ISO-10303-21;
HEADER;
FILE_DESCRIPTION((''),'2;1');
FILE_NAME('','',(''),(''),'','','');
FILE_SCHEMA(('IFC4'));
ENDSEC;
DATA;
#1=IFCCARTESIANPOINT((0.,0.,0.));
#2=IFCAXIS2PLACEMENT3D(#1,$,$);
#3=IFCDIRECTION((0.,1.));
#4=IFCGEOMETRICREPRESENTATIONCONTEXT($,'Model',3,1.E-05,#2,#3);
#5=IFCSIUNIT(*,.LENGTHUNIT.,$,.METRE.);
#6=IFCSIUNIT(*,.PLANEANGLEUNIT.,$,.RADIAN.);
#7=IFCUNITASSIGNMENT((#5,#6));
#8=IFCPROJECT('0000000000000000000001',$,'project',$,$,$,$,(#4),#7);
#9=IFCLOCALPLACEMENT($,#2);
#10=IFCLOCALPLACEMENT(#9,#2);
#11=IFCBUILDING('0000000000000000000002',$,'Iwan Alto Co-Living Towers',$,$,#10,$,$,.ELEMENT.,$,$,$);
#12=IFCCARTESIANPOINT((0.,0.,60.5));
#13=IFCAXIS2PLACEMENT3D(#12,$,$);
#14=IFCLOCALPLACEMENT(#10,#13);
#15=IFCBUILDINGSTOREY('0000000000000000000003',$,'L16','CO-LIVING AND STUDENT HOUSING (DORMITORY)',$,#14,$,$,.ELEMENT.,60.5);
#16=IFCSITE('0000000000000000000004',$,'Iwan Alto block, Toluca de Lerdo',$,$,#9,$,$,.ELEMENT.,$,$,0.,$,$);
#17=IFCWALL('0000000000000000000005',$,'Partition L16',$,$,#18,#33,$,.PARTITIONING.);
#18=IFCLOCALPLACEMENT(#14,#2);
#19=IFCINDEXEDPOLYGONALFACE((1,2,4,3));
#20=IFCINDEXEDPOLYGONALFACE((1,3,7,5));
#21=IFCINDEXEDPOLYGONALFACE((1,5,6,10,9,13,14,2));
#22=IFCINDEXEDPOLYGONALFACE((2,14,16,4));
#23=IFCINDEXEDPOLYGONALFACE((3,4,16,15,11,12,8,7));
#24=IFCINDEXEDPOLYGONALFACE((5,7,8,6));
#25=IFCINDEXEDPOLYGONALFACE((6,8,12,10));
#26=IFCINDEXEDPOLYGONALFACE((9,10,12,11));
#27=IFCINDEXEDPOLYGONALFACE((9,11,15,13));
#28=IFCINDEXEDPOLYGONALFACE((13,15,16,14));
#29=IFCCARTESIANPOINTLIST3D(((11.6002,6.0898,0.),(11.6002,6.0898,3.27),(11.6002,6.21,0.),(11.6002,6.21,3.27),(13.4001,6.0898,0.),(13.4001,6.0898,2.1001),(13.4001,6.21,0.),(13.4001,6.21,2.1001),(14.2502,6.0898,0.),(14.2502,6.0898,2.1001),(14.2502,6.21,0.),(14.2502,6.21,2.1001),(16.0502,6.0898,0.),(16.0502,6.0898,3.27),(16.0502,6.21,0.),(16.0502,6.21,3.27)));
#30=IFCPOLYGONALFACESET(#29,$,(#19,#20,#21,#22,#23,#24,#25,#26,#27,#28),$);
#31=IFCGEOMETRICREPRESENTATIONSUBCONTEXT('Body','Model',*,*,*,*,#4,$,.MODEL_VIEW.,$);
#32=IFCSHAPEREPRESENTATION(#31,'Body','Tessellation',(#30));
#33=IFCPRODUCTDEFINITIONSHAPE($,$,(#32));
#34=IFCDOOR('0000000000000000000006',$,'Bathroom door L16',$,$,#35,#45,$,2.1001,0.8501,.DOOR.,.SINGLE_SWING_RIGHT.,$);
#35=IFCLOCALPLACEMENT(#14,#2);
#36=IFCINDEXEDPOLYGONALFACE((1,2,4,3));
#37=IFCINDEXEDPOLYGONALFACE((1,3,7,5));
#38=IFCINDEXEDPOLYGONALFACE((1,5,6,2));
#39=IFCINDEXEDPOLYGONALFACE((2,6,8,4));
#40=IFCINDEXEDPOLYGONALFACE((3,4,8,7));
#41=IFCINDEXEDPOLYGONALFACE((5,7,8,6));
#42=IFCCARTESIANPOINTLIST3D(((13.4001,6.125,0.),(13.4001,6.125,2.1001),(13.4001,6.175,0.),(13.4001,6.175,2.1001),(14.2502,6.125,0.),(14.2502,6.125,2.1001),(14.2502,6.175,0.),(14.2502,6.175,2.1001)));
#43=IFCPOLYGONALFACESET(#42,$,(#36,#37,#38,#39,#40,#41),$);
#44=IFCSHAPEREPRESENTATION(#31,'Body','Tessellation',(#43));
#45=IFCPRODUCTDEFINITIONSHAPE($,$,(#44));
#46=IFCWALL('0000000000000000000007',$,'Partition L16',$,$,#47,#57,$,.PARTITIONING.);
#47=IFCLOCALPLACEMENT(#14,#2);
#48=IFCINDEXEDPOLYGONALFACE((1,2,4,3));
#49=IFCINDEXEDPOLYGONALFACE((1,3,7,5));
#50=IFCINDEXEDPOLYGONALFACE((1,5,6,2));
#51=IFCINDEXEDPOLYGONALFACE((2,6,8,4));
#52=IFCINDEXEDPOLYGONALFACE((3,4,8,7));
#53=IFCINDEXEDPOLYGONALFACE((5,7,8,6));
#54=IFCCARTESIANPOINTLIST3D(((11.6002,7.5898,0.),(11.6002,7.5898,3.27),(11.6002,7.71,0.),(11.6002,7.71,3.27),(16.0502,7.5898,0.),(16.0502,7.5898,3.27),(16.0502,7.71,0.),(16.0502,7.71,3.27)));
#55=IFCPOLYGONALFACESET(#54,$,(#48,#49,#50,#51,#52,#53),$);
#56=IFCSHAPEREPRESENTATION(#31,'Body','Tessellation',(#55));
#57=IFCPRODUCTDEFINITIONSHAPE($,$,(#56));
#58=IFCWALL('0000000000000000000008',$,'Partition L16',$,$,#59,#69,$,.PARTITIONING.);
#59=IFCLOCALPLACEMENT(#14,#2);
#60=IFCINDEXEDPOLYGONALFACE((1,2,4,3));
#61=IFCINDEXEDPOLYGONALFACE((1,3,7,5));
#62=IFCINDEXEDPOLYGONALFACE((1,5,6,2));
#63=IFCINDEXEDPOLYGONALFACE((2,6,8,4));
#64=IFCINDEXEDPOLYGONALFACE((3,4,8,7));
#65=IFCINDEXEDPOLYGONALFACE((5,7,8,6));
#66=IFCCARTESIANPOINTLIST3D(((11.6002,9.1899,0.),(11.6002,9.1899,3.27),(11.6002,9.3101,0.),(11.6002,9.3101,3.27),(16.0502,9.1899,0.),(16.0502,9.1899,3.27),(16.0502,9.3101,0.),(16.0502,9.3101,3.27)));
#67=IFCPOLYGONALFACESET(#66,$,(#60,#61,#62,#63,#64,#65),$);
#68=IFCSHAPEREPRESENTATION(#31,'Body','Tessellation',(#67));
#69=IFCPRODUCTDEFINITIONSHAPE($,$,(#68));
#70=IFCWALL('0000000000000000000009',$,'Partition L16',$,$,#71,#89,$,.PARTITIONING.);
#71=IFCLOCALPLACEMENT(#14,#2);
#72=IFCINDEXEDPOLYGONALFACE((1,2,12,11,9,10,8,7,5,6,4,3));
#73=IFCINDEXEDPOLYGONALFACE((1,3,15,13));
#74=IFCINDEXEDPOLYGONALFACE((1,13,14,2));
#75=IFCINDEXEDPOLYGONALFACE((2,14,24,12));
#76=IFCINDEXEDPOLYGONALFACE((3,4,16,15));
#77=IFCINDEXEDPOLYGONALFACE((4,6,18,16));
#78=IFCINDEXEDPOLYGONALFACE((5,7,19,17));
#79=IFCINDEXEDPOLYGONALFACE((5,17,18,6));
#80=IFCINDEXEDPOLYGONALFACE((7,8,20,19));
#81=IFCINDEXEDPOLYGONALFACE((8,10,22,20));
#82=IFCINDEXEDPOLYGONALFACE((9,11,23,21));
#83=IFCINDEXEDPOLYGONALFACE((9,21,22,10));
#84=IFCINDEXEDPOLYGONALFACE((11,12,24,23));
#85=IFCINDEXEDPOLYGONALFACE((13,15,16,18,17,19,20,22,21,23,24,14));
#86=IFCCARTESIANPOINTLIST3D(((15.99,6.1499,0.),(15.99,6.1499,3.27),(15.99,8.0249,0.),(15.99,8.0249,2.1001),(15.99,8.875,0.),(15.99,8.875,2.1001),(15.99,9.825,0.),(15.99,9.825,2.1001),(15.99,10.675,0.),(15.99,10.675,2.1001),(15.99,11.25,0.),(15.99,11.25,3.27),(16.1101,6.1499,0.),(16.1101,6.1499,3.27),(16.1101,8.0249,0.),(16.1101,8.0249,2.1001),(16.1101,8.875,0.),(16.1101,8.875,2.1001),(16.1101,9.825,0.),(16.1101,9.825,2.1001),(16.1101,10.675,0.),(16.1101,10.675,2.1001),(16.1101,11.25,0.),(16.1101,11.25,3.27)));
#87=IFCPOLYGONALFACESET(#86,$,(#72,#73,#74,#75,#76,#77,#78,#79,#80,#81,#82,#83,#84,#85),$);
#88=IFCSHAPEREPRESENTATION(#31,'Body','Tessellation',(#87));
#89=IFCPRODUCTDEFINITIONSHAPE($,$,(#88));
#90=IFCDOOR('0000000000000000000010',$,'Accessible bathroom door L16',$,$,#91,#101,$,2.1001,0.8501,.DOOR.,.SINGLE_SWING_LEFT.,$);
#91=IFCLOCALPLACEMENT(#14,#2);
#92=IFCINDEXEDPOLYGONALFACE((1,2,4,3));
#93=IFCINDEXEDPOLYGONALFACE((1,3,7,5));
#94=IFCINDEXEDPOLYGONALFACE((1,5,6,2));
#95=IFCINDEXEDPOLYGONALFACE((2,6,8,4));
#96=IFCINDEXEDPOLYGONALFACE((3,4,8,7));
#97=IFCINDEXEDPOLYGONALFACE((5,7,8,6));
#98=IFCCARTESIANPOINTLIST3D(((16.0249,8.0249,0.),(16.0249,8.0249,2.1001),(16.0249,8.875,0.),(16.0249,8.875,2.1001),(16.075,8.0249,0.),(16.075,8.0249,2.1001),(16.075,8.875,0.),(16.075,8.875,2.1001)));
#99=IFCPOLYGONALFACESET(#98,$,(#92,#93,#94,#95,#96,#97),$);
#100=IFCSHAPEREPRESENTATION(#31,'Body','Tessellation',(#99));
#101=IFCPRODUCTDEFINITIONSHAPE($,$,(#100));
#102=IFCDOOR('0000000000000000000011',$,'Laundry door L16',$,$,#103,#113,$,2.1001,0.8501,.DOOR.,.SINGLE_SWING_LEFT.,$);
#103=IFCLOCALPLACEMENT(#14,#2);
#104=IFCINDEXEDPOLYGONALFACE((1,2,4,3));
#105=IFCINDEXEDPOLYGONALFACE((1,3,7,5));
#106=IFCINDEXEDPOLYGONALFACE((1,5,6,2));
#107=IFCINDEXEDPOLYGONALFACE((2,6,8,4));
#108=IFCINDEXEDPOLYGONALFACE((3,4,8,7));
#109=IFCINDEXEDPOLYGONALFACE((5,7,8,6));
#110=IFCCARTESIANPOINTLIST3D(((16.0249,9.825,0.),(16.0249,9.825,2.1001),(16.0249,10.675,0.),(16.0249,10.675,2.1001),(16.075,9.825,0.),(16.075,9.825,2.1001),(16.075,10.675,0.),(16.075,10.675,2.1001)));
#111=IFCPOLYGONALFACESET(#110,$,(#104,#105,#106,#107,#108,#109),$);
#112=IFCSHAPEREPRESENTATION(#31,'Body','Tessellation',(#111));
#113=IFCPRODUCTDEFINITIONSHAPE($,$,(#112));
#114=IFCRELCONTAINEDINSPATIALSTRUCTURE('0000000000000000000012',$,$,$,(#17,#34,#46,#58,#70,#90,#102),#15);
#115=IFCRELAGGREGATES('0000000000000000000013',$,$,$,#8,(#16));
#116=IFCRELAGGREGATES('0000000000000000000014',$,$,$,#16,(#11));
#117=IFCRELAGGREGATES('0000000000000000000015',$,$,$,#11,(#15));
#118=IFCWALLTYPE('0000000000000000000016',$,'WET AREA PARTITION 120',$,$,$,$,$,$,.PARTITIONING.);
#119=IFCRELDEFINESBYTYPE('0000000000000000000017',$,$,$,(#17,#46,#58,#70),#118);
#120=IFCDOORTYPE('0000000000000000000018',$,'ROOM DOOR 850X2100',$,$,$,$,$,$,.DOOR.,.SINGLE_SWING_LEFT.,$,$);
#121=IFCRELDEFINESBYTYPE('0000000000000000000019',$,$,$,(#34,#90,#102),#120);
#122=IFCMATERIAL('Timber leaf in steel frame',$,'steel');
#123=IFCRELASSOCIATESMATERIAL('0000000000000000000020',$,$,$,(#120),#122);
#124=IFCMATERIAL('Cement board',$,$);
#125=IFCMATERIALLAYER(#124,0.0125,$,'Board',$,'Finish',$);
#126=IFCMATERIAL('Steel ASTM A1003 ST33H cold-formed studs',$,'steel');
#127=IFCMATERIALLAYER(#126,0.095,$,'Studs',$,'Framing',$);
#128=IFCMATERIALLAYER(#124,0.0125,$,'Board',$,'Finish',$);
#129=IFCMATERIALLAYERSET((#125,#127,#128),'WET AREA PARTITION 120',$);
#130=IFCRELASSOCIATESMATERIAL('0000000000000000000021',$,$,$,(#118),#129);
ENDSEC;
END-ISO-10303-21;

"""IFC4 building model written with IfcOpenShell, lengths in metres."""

from ifc_helpers import new_model, si_unit, direction, frame, frame_2d, origin, place, context, subcontext, project, spatial, rectangle, extrude, material, layer, layer_set, type_object, element, fill, save


model = new_model("IFC4")

# Units and contexts
model_context = context("Model", 3, precision=1e-05, world=origin(), true_north=direction((0.0, 1.0)))
body_context = subcontext(model_context, "Body", "Model", "MODEL_VIEW")
ifc_project = project(units=[si_unit("LENGTHUNIT", "METRE"), si_unit("PLANEANGLEUNIT", "RADIAN")], contexts=[model_context])

# Site, building, storey
site_placement = place(None, origin())
site = spatial("IfcSite", under=ifc_project, at=site_placement, Name="Iwan Alto block, Toluca de Lerdo", CompositionType="ELEMENT", RefElevation=0.0)
building_placement = place(site_placement, origin())
building = spatial("IfcBuilding", under=site, at=building_placement, Name="Iwan Alto Co-Living Towers", CompositionType="ELEMENT")
storey_placement = place(building_placement, frame((0.0, 0.0, 60.5)))
storey = spatial("IfcBuildingStorey", under=building, at=storey_placement, Name="L16", Description="CO-LIVING AND STUDENT HOUSING (DORMITORY)", CompositionType="ELEMENT", Elevation=60.5)

# Shared definitions
ifc_material_1 = material(Name="Steel ASTM A1003 ST33H cold-formed studs", Category="steel")

# Shared definitions
ifc_material_2 = material(Name="Timber leaf in steel frame", Category="steel")
door_type = type_object("IfcDoorType", Name="ROOM DOOR 850X2100", OperationType="SINGLE_SWING_LEFT", PredefinedType="DOOR", material=ifc_material_2)

# Wall, opening, door
ifc_material_3 = material(Name="Cement board")
ifc_layer_1 = layer(ifc_material_3, 0.0125, Name="Board", Category="Finish")
ifc_layer_2 = layer(ifc_material_1, 0.095, Name="Studs", Category="Framing")
ifc_layer_3 = layer(ifc_material_3, 0.0125, Name="Board", Category="Finish")
ifc_layer_set_1 = layer_set([ifc_layer_1, ifc_layer_2, ifc_layer_3], Name="WET AREA PARTITION 120")
wall_type_1 = type_object("IfcWallType", Name="WET AREA PARTITION 120", PredefinedType="PARTITIONING", material=ifc_layer_set_1)
wall_1_placement = place(storey_placement, frame((11.6001, 6.1499, 0.0), z_axis=(0.0, 0.0, 1.0), x_axis=(1.0, 0.0, 0.0)))
wall_1 = element("IfcWall", 1, at=wall_1_placement, inside=storey, type_object=wall_type_1, Name="Partition L16", PredefinedType="PARTITIONING", context=body_context, shape_type="SweptSolid", body=[
    extrude(rectangle(XDim=4.45, YDim=0.1201, at=frame_2d((2.2251, 0.0))), origin(), (0.0, 0.0, 1.0), 3.27),
])
opening_1_placement = place(wall_1_placement, frame((1.8, 0.0, 0.0)))
opening_1 = element("IfcOpeningElement", 2, at=opening_1_placement, cuts=wall_1, PredefinedType="OPENING", context=body_context, shape_type="SweptSolid", body=[
    extrude(rectangle(XDim=0.8501, YDim=2.1001, at=frame_2d((0.425, 1.05))), frame((0.0, 0.0701, 0.0), z_axis=(0.0, -1.0, 0.0), x_axis=(1.0, 0.0, 0.0)), (0.0, 0.0, 1.0), 0.1401),
])
door_1_placement = place(opening_1_placement, frame((0.8501, 0.0, 0.0), z_axis=(0.0, 0.0, 1.0), x_axis=(-1.0, 0.0, 0.0)))
door_1 = element("IfcDoor", 3, at=door_1_placement, inside=storey, type_object=door_type, Name="Bathroom door L16", OperationType="SINGLE_SWING_RIGHT", OverallHeight=2.1001, OverallWidth=0.8501, PredefinedType="DOOR", context=body_context, shape_type="SweptSolid", body=[
    extrude(rectangle(XDim=0.8501, YDim=2.1001, at=frame_2d((0.425, 1.05))), frame((0.0, 0.0249, 0.0), z_axis=(0.0, -1.0, 0.0), x_axis=(1.0, 0.0, 0.0)), (0.0, 0.0, 1.0), 0.05),
])
fill(opening_1, door_1)

# Walls
for number, where, z_axis, x_axis, name in (
    (4, (11.6001, 7.6499, 0.0), (0.0, 0.0, 1.0), (1.0, 0.0, 0.0), "Partition L16"),
    (5, (11.6001, 9.25, 0.0), (0.0, 0.0, 1.0), (1.0, 0.0, 0.0), "Partition L16"),
):
    element("IfcWall", number, at=place(storey_placement, frame(where, z_axis=z_axis, x_axis=x_axis)), inside=storey, type_object=wall_type_1, Name=name, PredefinedType="PARTITIONING", context=body_context, shape_type="SweptSolid", body=[
        extrude(rectangle(XDim=4.45, YDim=0.1201, at=frame_2d((2.2251, 0.0))), origin(), (0.0, 0.0, 1.0), 3.27),
    ])

# Wall, openings, doors
wall_2_placement = place(storey_placement, frame((16.05, 6.1499, 0.0), z_axis=(0.0, 0.0, 1.0), x_axis=(0.0, 1.0, 0.0)))
wall_2 = element("IfcWall", 6, at=wall_2_placement, inside=storey, type_object=wall_type_1, Name="Partition L16", PredefinedType="PARTITIONING", context=body_context, shape_type="SweptSolid", body=[
    extrude(rectangle(XDim=5.1001, YDim=0.1201, at=frame_2d((2.55, 0.0))), origin(), (0.0, 0.0, 1.0), 3.27),
])
opening_2_placement = place(wall_2_placement, frame((1.875, 0.0, 0.0)))
opening_2 = element("IfcOpeningElement", 7, at=opening_2_placement, cuts=wall_2, PredefinedType="OPENING", context=body_context, shape_type="SweptSolid", body=[
    extrude(rectangle(XDim=0.8501, YDim=2.1001, at=frame_2d((0.425, 1.05))), frame((0.0, 0.0701, 0.0), z_axis=(0.0, -1.0, 0.0), x_axis=(1.0, 0.0, 0.0)), (0.0, 0.0, 1.0), 0.1401),
])
opening_3_placement = place(wall_2_placement, frame((3.675, 0.0, 0.0)))
opening_3 = element("IfcOpeningElement", 8, at=opening_3_placement, cuts=wall_2, PredefinedType="OPENING", context=body_context, shape_type="SweptSolid", body=[
    extrude(rectangle(XDim=0.8501, YDim=2.1001, at=frame_2d((0.425, 1.05))), frame((0.0, 0.0701, 0.0), z_axis=(0.0, -1.0, 0.0), x_axis=(1.0, 0.0, 0.0)), (0.0, 0.0, 1.0), 0.1401),
])
door_2_placement = place(opening_2_placement, frame((0.8501, 0.0, 0.0), z_axis=(0.0, 0.0, 1.0), x_axis=(-1.0, 0.0, 0.0)))
door_2 = element("IfcDoor", 9, at=door_2_placement, inside=storey, type_object=door_type, Name="Accessible bathroom door L16", OperationType="SINGLE_SWING_LEFT", OverallHeight=2.1001, OverallWidth=0.8501, PredefinedType="DOOR", context=body_context, shape_type="SweptSolid", body=[
    extrude(rectangle(XDim=0.8501, YDim=2.1001, at=frame_2d((0.425, 1.05))), frame((0.0, 0.0249, 0.0), z_axis=(0.0, -1.0, 0.0), x_axis=(1.0, 0.0, 0.0)), (0.0, 0.0, 1.0), 0.05),
])
fill(opening_2, door_2)
door_3_placement = place(opening_3_placement, frame((0.8501, 0.0, 0.0), z_axis=(0.0, 0.0, 1.0), x_axis=(-1.0, 0.0, 0.0)))
door_3 = element("IfcDoor", 10, at=door_3_placement, inside=storey, type_object=door_type, Name="Laundry door L16", OperationType="SINGLE_SWING_LEFT", OverallHeight=2.1001, OverallWidth=0.8501, PredefinedType="DOOR", context=body_context, shape_type="SweptSolid", body=[
    extrude(rectangle(XDim=0.8501, YDim=2.1001, at=frame_2d((0.425, 1.05))), frame((0.0, 0.0249, 0.0), z_axis=(0.0, -1.0, 0.0), x_axis=(1.0, 0.0, 0.0)), (0.0, 0.0, 1.0), 0.05),
])
fill(opening_3, door_3)

save(model, "model.ifc")
